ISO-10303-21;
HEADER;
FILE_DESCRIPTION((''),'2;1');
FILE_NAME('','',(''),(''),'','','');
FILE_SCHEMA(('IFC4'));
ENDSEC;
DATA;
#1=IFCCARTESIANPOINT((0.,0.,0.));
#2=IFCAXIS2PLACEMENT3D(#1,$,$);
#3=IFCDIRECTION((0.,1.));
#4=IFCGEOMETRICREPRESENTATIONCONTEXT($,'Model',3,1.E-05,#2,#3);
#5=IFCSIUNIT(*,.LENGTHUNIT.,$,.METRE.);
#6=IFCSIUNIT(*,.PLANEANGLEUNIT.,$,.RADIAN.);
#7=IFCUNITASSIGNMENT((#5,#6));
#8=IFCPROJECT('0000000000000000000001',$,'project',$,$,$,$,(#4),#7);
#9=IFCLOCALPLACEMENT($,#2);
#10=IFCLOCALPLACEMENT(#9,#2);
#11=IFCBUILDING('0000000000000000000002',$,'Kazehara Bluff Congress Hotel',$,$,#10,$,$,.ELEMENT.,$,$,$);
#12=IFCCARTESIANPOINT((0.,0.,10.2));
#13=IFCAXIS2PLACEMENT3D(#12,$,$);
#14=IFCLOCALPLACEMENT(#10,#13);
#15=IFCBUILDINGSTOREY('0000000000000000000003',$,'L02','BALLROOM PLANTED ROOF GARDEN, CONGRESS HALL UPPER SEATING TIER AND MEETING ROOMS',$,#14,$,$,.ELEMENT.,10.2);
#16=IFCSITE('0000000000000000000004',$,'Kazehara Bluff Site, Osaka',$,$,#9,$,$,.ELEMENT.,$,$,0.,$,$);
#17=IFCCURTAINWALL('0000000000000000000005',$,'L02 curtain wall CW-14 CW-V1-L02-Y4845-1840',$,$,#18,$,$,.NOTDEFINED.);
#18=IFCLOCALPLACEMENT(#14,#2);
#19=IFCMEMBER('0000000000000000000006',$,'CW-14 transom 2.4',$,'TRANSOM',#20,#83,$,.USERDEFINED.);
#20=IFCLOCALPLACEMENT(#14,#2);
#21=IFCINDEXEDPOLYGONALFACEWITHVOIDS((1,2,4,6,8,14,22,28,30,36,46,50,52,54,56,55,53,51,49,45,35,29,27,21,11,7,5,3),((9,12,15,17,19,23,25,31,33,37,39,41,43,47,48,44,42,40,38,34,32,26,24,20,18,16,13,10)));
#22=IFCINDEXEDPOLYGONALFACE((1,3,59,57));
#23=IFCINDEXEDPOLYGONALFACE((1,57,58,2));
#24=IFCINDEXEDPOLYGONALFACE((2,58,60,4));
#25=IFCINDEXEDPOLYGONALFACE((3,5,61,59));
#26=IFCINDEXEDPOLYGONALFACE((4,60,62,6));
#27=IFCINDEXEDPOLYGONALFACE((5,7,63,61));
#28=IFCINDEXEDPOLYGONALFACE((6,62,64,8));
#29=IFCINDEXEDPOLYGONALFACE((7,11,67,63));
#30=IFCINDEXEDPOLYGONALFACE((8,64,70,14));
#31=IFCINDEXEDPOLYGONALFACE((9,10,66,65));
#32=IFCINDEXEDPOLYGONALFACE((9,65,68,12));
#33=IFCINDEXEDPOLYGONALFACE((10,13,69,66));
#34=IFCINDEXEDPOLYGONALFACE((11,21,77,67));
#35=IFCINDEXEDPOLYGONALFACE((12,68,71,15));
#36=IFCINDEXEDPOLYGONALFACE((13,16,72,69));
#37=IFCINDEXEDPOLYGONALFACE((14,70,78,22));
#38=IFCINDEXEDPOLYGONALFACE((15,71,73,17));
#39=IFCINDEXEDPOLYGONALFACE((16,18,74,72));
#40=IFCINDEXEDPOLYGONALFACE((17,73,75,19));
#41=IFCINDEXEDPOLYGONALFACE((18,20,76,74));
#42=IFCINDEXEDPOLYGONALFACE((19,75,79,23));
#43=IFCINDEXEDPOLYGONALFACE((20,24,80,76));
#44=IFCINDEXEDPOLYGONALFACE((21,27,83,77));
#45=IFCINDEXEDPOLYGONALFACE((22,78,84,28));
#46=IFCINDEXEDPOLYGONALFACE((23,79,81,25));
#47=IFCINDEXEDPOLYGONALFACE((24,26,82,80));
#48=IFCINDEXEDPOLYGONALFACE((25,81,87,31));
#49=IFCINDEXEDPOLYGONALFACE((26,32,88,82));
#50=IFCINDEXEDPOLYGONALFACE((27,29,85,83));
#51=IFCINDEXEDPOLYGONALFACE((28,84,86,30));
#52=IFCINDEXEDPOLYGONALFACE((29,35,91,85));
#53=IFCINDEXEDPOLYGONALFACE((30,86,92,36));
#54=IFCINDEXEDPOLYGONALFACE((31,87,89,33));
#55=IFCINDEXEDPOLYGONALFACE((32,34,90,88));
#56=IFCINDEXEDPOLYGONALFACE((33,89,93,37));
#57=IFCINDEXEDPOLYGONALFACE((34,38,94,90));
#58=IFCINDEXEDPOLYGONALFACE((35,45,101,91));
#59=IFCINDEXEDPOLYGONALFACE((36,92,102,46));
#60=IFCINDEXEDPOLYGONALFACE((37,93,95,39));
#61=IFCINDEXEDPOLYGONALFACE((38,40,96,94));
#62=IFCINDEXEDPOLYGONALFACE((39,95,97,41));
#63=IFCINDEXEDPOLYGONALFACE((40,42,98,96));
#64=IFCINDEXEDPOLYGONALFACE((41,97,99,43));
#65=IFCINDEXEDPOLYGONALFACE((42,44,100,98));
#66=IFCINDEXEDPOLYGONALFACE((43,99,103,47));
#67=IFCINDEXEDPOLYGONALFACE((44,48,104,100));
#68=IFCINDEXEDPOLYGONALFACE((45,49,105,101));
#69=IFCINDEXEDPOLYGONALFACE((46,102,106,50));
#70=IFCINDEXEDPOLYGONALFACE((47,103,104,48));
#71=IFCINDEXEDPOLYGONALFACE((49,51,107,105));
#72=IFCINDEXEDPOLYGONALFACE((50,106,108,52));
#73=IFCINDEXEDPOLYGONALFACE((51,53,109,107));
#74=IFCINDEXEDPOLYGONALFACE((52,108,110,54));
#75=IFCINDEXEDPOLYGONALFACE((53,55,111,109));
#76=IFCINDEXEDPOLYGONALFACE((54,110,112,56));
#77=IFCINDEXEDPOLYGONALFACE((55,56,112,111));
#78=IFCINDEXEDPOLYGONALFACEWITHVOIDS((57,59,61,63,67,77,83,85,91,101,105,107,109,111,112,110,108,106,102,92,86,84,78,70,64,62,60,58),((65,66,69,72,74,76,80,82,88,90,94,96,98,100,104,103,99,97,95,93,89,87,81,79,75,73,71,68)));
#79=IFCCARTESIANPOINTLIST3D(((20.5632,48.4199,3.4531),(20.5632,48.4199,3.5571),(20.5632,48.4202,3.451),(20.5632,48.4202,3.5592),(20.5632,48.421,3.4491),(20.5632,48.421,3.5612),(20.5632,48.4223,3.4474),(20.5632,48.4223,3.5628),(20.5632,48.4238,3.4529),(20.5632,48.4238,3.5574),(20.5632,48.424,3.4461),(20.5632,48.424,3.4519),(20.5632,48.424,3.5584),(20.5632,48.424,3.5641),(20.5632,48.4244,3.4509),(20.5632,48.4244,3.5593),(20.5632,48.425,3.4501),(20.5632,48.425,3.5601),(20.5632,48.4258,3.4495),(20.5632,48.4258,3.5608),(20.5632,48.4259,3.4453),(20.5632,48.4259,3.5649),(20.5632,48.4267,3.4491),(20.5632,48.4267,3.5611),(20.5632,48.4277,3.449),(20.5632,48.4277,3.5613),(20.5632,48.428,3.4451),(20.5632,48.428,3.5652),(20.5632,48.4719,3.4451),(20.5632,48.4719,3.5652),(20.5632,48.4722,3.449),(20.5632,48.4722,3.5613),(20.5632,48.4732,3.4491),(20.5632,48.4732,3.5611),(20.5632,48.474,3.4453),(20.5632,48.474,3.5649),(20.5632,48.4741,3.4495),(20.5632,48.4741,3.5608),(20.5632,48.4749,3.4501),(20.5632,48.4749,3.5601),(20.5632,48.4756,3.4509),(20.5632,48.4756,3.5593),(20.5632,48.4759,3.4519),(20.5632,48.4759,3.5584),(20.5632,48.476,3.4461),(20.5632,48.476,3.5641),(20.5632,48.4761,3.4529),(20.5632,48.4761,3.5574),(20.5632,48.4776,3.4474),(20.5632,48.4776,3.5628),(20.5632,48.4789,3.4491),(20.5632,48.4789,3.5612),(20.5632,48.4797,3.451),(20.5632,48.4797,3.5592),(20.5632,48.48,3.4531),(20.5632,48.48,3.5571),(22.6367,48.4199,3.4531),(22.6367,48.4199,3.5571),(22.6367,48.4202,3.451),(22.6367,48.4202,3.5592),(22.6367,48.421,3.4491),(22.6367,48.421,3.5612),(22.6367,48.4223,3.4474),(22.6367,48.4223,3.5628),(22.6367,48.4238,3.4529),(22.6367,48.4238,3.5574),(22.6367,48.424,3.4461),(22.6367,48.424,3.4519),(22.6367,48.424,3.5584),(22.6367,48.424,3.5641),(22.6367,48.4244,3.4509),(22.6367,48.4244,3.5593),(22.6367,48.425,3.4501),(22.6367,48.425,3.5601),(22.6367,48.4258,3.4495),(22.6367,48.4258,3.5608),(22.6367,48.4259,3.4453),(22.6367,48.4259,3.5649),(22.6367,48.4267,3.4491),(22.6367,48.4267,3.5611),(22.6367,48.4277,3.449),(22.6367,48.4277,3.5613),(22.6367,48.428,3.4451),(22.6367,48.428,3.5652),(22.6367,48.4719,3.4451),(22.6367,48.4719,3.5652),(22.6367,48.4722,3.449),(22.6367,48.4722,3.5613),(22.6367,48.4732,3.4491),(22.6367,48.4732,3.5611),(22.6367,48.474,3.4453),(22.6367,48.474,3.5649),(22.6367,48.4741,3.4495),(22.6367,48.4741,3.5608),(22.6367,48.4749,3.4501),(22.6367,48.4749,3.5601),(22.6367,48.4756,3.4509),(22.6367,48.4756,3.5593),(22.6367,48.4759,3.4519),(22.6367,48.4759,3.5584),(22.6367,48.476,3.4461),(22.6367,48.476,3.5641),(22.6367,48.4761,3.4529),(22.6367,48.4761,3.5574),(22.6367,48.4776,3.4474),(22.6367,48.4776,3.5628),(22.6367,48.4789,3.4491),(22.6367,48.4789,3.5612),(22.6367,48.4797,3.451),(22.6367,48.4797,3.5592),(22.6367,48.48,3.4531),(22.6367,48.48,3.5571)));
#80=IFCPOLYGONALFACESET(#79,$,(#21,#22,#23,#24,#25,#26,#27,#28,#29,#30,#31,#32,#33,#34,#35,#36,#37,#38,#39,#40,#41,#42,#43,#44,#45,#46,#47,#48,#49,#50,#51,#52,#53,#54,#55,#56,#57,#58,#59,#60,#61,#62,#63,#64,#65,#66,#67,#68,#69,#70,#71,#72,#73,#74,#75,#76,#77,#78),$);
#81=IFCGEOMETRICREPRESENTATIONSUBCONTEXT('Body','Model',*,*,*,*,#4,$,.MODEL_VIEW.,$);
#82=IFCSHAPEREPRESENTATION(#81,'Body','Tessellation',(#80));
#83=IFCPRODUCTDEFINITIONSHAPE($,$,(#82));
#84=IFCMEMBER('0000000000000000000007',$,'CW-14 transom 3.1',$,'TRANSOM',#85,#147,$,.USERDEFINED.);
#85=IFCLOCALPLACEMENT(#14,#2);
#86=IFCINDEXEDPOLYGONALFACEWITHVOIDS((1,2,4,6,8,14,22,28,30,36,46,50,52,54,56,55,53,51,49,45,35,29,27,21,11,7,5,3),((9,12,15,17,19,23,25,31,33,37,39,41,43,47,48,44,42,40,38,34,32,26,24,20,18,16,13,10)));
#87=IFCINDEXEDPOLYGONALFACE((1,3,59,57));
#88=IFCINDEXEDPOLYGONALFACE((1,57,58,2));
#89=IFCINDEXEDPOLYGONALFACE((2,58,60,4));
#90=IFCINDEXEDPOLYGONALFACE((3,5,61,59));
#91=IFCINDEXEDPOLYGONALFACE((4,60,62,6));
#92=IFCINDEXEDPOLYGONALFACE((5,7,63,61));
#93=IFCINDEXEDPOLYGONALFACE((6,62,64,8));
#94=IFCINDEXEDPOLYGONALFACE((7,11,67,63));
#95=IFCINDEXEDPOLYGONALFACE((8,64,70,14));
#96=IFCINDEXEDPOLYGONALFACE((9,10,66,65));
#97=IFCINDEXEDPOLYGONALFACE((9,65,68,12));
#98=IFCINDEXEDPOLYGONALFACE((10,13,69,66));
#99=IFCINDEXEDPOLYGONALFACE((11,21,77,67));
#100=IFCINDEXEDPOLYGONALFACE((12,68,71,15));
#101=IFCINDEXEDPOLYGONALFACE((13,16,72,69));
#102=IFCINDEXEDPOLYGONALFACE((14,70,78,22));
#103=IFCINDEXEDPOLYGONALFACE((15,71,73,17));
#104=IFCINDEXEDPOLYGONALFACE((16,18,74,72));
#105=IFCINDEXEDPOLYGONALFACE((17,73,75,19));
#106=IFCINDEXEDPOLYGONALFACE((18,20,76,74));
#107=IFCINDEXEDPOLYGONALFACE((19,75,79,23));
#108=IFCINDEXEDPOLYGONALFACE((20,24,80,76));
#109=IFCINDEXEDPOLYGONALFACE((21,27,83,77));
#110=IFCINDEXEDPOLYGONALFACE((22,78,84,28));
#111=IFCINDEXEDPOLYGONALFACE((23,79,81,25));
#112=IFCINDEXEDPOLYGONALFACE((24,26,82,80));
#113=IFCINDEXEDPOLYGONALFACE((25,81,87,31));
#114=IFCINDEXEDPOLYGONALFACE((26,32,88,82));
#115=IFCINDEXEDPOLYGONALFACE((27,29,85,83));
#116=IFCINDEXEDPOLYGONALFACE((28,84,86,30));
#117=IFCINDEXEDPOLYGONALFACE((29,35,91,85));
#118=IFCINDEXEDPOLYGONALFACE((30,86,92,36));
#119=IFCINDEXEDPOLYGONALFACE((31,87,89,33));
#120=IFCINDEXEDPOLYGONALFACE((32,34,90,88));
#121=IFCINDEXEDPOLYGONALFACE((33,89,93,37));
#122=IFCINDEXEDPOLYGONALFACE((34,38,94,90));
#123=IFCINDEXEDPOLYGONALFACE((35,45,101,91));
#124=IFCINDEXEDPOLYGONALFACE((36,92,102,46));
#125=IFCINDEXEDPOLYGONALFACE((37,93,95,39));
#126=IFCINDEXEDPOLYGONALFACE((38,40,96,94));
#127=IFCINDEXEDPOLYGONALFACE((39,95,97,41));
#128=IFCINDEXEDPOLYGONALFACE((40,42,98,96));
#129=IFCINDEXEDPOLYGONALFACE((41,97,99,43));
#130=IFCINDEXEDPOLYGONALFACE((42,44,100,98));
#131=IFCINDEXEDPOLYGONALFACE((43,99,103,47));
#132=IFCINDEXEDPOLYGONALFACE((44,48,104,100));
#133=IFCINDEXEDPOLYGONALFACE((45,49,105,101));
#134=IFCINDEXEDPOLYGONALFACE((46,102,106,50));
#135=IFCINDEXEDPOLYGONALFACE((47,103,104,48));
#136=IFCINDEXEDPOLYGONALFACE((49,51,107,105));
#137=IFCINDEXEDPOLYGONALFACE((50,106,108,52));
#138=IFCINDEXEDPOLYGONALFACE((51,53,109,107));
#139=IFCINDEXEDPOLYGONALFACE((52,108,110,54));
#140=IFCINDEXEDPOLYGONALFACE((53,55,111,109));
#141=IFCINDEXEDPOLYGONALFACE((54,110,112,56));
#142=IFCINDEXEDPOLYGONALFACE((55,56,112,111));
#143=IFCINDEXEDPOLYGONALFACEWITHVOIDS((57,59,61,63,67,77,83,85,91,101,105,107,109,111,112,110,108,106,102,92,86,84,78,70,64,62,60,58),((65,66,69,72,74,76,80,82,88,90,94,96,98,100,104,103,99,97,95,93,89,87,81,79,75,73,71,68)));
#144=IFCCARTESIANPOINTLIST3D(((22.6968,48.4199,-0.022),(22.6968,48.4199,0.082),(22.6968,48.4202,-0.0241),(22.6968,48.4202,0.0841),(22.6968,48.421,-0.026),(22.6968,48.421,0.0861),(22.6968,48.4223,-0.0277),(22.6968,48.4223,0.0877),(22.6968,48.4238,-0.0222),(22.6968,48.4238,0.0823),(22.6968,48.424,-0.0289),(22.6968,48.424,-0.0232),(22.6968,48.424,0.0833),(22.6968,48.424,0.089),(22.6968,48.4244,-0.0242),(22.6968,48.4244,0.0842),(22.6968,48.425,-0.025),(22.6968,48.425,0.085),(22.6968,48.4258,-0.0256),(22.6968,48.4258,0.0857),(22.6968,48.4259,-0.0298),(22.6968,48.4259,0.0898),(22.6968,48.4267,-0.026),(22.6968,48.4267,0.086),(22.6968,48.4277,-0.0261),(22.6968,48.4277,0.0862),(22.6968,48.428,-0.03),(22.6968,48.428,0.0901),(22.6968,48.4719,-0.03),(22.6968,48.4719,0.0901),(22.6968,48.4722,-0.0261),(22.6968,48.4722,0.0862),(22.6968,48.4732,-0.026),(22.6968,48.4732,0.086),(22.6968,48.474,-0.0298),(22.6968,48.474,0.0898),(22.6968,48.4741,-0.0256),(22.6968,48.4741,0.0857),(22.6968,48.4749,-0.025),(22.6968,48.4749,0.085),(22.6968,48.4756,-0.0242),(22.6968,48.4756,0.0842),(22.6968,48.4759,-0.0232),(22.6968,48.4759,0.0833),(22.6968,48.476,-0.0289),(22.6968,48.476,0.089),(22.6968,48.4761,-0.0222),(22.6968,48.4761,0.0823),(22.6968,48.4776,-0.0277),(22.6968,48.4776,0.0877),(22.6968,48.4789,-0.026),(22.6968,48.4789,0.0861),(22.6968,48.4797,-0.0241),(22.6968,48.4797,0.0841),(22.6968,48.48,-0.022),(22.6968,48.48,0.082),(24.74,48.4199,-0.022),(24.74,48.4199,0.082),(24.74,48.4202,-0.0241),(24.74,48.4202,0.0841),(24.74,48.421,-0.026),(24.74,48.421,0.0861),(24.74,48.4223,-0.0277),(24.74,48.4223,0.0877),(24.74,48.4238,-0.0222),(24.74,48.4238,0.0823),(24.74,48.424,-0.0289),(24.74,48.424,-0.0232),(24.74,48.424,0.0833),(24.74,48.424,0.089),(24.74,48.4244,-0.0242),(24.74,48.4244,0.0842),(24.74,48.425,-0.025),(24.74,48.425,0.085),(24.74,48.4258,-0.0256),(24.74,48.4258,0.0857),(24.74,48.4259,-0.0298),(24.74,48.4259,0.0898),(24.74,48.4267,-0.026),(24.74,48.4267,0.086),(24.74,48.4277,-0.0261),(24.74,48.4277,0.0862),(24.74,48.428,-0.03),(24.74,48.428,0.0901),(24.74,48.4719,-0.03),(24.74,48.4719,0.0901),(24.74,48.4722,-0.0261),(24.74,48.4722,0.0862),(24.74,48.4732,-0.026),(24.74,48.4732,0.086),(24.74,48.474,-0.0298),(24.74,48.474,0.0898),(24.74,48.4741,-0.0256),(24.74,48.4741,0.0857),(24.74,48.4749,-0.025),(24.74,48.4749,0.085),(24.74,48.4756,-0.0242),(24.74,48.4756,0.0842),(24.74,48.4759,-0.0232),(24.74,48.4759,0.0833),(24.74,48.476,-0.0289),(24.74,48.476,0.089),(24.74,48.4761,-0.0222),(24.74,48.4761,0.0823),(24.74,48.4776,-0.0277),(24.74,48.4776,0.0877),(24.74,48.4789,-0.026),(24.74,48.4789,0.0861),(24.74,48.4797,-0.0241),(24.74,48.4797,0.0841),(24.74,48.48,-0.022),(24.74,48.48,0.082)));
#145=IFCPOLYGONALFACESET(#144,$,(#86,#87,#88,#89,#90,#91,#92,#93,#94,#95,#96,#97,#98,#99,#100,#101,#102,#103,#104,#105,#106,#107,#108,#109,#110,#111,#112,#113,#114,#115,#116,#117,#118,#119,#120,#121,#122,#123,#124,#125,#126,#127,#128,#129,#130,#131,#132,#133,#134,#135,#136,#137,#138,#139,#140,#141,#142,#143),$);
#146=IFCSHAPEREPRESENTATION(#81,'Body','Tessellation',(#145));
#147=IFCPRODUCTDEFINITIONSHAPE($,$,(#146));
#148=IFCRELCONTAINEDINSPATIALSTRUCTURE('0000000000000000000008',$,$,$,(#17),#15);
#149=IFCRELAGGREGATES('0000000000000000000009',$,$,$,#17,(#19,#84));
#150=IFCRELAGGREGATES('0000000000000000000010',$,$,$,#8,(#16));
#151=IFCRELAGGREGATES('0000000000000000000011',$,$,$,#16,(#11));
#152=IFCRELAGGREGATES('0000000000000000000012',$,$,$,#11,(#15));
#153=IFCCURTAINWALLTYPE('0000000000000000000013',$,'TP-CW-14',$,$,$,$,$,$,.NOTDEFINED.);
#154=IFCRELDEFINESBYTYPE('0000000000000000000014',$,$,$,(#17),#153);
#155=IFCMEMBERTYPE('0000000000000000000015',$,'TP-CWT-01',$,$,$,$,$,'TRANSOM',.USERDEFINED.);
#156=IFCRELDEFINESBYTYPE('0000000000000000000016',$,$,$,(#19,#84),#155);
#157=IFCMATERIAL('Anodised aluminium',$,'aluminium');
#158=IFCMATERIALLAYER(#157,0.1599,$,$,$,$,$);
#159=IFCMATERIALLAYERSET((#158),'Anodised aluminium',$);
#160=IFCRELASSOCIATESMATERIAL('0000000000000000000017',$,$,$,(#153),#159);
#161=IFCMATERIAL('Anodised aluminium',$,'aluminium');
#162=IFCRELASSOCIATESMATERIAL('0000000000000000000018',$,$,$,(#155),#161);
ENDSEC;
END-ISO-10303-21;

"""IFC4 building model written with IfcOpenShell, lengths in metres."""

from ifc_helpers import new_model, si_unit, direction, frame, origin, origin_2d, place, context, subcontext, project, spatial, hollow_rectangle, extrude, material, layer, layer_set, material_profile, profile_set, type_object, element, aggregate, save


model = new_model("IFC4")

# Units and contexts
model_context = context("Model", 3, precision=1e-05, world=origin(), true_north=direction((0.0, 1.0)))
body_context = subcontext(model_context, "Body", "Model", "MODEL_VIEW")
ifc_project = project(units=[si_unit("LENGTHUNIT", "METRE"), si_unit("PLANEANGLEUNIT", "RADIAN")], contexts=[model_context])

# Site, building, storey
site_placement = place(None, origin())
site = spatial("IfcSite", under=ifc_project, at=site_placement, Name="Kazehara Bluff Site, Osaka", CompositionType="ELEMENT", RefElevation=0.0)
building_placement = place(site_placement, origin())
building = spatial("IfcBuilding", under=site, at=building_placement, Name="Kazehara Bluff Congress Hotel", CompositionType="ELEMENT")
storey_placement = place(building_placement, frame((0.0, 0.0, 10.2)))
storey = spatial("IfcBuildingStorey", under=building, at=storey_placement, Name="L02", Description="BALLROOM PLANTED ROOF GARDEN, CONGRESS HALL UPPER SEATING TIER AND MEETING ROOMS", CompositionType="ELEMENT", Elevation=10.2)

# Curtain wall, members
ifc_material_1 = material(Name="Anodised aluminium", Category="aluminium")
ifc_layer_1 = layer(ifc_material_1, 0.1599)
ifc_layer_set_1 = layer_set([ifc_layer_1], Name="Anodised aluminium")
curtain_wall_type = type_object("IfcCurtainWallType", Name="TP-CW-14", PredefinedType="NOTDEFINED", material=ifc_layer_set_1)
curtain_wall_placement = place(storey_placement, origin())
curtain_wall = element("IfcCurtainWall", 1, at=curtain_wall_placement, inside=storey, type_object=curtain_wall_type, Name="L02 curtain wall CW-14 CW-V1-L02-Y4845-1840", PredefinedType="NOTDEFINED")
ifc_material_2 = material(Name="Anodised aluminium", Category="aluminium")
ifc_material_profile_1 = material_profile(ifc_material_2, hollow_rectangle(XDim=0.0601, YDim=0.1201, WallThickness=0.0039, InnerFilletRadius=0.0039, OuterFilletRadius=0.0081, at=origin_2d()))
ifc_profile_set_1 = profile_set([ifc_material_profile_1], Name="Anodised aluminium")
member_type_1 = type_object("IfcMemberType", Name="TP-CWT-01", ElementType="TRANSOM", PredefinedType="USERDEFINED", material=ifc_profile_set_1)
member_1_placement = place(storey_placement, frame((20.5632, 48.45, 3.5051), z_axis=(1.0, 0.0, 0.0), x_axis=(0.0, 1.0, 0.0)))
member_1 = element("IfcMember", 2, at=member_1_placement, type_object=member_type_1, Name="CW-14 transom 2.4", ObjectType="TRANSOM", PredefinedType="USERDEFINED", context=body_context, shape_type="SweptSolid", body=[
    extrude(hollow_rectangle(XDim=0.0601, YDim=0.1201, WallThickness=0.0039, InnerFilletRadius=0.0039, OuterFilletRadius=0.0081, at=origin_2d()), origin(), (0.0, 0.0, 1.0), 2.0735),
])
member_2_placement = place(storey_placement, frame((22.6968, 48.45, 0.03), z_axis=(1.0, 0.0, 0.0), x_axis=(0.0, 1.0, 0.0)))
member_2 = element("IfcMember", 3, at=member_2_placement, type_object=member_type_1, Name="CW-14 transom 3.1", ObjectType="TRANSOM", PredefinedType="USERDEFINED", context=body_context, shape_type="SweptSolid", body=[
    extrude(hollow_rectangle(XDim=0.0601, YDim=0.1201, WallThickness=0.0039, InnerFilletRadius=0.0039, OuterFilletRadius=0.0081, at=origin_2d()), origin(), (0.0, 0.0, 1.0), 2.0432),
])
aggregate(curtain_wall, [member_1, member_2])

save(model, "model.ifc")
